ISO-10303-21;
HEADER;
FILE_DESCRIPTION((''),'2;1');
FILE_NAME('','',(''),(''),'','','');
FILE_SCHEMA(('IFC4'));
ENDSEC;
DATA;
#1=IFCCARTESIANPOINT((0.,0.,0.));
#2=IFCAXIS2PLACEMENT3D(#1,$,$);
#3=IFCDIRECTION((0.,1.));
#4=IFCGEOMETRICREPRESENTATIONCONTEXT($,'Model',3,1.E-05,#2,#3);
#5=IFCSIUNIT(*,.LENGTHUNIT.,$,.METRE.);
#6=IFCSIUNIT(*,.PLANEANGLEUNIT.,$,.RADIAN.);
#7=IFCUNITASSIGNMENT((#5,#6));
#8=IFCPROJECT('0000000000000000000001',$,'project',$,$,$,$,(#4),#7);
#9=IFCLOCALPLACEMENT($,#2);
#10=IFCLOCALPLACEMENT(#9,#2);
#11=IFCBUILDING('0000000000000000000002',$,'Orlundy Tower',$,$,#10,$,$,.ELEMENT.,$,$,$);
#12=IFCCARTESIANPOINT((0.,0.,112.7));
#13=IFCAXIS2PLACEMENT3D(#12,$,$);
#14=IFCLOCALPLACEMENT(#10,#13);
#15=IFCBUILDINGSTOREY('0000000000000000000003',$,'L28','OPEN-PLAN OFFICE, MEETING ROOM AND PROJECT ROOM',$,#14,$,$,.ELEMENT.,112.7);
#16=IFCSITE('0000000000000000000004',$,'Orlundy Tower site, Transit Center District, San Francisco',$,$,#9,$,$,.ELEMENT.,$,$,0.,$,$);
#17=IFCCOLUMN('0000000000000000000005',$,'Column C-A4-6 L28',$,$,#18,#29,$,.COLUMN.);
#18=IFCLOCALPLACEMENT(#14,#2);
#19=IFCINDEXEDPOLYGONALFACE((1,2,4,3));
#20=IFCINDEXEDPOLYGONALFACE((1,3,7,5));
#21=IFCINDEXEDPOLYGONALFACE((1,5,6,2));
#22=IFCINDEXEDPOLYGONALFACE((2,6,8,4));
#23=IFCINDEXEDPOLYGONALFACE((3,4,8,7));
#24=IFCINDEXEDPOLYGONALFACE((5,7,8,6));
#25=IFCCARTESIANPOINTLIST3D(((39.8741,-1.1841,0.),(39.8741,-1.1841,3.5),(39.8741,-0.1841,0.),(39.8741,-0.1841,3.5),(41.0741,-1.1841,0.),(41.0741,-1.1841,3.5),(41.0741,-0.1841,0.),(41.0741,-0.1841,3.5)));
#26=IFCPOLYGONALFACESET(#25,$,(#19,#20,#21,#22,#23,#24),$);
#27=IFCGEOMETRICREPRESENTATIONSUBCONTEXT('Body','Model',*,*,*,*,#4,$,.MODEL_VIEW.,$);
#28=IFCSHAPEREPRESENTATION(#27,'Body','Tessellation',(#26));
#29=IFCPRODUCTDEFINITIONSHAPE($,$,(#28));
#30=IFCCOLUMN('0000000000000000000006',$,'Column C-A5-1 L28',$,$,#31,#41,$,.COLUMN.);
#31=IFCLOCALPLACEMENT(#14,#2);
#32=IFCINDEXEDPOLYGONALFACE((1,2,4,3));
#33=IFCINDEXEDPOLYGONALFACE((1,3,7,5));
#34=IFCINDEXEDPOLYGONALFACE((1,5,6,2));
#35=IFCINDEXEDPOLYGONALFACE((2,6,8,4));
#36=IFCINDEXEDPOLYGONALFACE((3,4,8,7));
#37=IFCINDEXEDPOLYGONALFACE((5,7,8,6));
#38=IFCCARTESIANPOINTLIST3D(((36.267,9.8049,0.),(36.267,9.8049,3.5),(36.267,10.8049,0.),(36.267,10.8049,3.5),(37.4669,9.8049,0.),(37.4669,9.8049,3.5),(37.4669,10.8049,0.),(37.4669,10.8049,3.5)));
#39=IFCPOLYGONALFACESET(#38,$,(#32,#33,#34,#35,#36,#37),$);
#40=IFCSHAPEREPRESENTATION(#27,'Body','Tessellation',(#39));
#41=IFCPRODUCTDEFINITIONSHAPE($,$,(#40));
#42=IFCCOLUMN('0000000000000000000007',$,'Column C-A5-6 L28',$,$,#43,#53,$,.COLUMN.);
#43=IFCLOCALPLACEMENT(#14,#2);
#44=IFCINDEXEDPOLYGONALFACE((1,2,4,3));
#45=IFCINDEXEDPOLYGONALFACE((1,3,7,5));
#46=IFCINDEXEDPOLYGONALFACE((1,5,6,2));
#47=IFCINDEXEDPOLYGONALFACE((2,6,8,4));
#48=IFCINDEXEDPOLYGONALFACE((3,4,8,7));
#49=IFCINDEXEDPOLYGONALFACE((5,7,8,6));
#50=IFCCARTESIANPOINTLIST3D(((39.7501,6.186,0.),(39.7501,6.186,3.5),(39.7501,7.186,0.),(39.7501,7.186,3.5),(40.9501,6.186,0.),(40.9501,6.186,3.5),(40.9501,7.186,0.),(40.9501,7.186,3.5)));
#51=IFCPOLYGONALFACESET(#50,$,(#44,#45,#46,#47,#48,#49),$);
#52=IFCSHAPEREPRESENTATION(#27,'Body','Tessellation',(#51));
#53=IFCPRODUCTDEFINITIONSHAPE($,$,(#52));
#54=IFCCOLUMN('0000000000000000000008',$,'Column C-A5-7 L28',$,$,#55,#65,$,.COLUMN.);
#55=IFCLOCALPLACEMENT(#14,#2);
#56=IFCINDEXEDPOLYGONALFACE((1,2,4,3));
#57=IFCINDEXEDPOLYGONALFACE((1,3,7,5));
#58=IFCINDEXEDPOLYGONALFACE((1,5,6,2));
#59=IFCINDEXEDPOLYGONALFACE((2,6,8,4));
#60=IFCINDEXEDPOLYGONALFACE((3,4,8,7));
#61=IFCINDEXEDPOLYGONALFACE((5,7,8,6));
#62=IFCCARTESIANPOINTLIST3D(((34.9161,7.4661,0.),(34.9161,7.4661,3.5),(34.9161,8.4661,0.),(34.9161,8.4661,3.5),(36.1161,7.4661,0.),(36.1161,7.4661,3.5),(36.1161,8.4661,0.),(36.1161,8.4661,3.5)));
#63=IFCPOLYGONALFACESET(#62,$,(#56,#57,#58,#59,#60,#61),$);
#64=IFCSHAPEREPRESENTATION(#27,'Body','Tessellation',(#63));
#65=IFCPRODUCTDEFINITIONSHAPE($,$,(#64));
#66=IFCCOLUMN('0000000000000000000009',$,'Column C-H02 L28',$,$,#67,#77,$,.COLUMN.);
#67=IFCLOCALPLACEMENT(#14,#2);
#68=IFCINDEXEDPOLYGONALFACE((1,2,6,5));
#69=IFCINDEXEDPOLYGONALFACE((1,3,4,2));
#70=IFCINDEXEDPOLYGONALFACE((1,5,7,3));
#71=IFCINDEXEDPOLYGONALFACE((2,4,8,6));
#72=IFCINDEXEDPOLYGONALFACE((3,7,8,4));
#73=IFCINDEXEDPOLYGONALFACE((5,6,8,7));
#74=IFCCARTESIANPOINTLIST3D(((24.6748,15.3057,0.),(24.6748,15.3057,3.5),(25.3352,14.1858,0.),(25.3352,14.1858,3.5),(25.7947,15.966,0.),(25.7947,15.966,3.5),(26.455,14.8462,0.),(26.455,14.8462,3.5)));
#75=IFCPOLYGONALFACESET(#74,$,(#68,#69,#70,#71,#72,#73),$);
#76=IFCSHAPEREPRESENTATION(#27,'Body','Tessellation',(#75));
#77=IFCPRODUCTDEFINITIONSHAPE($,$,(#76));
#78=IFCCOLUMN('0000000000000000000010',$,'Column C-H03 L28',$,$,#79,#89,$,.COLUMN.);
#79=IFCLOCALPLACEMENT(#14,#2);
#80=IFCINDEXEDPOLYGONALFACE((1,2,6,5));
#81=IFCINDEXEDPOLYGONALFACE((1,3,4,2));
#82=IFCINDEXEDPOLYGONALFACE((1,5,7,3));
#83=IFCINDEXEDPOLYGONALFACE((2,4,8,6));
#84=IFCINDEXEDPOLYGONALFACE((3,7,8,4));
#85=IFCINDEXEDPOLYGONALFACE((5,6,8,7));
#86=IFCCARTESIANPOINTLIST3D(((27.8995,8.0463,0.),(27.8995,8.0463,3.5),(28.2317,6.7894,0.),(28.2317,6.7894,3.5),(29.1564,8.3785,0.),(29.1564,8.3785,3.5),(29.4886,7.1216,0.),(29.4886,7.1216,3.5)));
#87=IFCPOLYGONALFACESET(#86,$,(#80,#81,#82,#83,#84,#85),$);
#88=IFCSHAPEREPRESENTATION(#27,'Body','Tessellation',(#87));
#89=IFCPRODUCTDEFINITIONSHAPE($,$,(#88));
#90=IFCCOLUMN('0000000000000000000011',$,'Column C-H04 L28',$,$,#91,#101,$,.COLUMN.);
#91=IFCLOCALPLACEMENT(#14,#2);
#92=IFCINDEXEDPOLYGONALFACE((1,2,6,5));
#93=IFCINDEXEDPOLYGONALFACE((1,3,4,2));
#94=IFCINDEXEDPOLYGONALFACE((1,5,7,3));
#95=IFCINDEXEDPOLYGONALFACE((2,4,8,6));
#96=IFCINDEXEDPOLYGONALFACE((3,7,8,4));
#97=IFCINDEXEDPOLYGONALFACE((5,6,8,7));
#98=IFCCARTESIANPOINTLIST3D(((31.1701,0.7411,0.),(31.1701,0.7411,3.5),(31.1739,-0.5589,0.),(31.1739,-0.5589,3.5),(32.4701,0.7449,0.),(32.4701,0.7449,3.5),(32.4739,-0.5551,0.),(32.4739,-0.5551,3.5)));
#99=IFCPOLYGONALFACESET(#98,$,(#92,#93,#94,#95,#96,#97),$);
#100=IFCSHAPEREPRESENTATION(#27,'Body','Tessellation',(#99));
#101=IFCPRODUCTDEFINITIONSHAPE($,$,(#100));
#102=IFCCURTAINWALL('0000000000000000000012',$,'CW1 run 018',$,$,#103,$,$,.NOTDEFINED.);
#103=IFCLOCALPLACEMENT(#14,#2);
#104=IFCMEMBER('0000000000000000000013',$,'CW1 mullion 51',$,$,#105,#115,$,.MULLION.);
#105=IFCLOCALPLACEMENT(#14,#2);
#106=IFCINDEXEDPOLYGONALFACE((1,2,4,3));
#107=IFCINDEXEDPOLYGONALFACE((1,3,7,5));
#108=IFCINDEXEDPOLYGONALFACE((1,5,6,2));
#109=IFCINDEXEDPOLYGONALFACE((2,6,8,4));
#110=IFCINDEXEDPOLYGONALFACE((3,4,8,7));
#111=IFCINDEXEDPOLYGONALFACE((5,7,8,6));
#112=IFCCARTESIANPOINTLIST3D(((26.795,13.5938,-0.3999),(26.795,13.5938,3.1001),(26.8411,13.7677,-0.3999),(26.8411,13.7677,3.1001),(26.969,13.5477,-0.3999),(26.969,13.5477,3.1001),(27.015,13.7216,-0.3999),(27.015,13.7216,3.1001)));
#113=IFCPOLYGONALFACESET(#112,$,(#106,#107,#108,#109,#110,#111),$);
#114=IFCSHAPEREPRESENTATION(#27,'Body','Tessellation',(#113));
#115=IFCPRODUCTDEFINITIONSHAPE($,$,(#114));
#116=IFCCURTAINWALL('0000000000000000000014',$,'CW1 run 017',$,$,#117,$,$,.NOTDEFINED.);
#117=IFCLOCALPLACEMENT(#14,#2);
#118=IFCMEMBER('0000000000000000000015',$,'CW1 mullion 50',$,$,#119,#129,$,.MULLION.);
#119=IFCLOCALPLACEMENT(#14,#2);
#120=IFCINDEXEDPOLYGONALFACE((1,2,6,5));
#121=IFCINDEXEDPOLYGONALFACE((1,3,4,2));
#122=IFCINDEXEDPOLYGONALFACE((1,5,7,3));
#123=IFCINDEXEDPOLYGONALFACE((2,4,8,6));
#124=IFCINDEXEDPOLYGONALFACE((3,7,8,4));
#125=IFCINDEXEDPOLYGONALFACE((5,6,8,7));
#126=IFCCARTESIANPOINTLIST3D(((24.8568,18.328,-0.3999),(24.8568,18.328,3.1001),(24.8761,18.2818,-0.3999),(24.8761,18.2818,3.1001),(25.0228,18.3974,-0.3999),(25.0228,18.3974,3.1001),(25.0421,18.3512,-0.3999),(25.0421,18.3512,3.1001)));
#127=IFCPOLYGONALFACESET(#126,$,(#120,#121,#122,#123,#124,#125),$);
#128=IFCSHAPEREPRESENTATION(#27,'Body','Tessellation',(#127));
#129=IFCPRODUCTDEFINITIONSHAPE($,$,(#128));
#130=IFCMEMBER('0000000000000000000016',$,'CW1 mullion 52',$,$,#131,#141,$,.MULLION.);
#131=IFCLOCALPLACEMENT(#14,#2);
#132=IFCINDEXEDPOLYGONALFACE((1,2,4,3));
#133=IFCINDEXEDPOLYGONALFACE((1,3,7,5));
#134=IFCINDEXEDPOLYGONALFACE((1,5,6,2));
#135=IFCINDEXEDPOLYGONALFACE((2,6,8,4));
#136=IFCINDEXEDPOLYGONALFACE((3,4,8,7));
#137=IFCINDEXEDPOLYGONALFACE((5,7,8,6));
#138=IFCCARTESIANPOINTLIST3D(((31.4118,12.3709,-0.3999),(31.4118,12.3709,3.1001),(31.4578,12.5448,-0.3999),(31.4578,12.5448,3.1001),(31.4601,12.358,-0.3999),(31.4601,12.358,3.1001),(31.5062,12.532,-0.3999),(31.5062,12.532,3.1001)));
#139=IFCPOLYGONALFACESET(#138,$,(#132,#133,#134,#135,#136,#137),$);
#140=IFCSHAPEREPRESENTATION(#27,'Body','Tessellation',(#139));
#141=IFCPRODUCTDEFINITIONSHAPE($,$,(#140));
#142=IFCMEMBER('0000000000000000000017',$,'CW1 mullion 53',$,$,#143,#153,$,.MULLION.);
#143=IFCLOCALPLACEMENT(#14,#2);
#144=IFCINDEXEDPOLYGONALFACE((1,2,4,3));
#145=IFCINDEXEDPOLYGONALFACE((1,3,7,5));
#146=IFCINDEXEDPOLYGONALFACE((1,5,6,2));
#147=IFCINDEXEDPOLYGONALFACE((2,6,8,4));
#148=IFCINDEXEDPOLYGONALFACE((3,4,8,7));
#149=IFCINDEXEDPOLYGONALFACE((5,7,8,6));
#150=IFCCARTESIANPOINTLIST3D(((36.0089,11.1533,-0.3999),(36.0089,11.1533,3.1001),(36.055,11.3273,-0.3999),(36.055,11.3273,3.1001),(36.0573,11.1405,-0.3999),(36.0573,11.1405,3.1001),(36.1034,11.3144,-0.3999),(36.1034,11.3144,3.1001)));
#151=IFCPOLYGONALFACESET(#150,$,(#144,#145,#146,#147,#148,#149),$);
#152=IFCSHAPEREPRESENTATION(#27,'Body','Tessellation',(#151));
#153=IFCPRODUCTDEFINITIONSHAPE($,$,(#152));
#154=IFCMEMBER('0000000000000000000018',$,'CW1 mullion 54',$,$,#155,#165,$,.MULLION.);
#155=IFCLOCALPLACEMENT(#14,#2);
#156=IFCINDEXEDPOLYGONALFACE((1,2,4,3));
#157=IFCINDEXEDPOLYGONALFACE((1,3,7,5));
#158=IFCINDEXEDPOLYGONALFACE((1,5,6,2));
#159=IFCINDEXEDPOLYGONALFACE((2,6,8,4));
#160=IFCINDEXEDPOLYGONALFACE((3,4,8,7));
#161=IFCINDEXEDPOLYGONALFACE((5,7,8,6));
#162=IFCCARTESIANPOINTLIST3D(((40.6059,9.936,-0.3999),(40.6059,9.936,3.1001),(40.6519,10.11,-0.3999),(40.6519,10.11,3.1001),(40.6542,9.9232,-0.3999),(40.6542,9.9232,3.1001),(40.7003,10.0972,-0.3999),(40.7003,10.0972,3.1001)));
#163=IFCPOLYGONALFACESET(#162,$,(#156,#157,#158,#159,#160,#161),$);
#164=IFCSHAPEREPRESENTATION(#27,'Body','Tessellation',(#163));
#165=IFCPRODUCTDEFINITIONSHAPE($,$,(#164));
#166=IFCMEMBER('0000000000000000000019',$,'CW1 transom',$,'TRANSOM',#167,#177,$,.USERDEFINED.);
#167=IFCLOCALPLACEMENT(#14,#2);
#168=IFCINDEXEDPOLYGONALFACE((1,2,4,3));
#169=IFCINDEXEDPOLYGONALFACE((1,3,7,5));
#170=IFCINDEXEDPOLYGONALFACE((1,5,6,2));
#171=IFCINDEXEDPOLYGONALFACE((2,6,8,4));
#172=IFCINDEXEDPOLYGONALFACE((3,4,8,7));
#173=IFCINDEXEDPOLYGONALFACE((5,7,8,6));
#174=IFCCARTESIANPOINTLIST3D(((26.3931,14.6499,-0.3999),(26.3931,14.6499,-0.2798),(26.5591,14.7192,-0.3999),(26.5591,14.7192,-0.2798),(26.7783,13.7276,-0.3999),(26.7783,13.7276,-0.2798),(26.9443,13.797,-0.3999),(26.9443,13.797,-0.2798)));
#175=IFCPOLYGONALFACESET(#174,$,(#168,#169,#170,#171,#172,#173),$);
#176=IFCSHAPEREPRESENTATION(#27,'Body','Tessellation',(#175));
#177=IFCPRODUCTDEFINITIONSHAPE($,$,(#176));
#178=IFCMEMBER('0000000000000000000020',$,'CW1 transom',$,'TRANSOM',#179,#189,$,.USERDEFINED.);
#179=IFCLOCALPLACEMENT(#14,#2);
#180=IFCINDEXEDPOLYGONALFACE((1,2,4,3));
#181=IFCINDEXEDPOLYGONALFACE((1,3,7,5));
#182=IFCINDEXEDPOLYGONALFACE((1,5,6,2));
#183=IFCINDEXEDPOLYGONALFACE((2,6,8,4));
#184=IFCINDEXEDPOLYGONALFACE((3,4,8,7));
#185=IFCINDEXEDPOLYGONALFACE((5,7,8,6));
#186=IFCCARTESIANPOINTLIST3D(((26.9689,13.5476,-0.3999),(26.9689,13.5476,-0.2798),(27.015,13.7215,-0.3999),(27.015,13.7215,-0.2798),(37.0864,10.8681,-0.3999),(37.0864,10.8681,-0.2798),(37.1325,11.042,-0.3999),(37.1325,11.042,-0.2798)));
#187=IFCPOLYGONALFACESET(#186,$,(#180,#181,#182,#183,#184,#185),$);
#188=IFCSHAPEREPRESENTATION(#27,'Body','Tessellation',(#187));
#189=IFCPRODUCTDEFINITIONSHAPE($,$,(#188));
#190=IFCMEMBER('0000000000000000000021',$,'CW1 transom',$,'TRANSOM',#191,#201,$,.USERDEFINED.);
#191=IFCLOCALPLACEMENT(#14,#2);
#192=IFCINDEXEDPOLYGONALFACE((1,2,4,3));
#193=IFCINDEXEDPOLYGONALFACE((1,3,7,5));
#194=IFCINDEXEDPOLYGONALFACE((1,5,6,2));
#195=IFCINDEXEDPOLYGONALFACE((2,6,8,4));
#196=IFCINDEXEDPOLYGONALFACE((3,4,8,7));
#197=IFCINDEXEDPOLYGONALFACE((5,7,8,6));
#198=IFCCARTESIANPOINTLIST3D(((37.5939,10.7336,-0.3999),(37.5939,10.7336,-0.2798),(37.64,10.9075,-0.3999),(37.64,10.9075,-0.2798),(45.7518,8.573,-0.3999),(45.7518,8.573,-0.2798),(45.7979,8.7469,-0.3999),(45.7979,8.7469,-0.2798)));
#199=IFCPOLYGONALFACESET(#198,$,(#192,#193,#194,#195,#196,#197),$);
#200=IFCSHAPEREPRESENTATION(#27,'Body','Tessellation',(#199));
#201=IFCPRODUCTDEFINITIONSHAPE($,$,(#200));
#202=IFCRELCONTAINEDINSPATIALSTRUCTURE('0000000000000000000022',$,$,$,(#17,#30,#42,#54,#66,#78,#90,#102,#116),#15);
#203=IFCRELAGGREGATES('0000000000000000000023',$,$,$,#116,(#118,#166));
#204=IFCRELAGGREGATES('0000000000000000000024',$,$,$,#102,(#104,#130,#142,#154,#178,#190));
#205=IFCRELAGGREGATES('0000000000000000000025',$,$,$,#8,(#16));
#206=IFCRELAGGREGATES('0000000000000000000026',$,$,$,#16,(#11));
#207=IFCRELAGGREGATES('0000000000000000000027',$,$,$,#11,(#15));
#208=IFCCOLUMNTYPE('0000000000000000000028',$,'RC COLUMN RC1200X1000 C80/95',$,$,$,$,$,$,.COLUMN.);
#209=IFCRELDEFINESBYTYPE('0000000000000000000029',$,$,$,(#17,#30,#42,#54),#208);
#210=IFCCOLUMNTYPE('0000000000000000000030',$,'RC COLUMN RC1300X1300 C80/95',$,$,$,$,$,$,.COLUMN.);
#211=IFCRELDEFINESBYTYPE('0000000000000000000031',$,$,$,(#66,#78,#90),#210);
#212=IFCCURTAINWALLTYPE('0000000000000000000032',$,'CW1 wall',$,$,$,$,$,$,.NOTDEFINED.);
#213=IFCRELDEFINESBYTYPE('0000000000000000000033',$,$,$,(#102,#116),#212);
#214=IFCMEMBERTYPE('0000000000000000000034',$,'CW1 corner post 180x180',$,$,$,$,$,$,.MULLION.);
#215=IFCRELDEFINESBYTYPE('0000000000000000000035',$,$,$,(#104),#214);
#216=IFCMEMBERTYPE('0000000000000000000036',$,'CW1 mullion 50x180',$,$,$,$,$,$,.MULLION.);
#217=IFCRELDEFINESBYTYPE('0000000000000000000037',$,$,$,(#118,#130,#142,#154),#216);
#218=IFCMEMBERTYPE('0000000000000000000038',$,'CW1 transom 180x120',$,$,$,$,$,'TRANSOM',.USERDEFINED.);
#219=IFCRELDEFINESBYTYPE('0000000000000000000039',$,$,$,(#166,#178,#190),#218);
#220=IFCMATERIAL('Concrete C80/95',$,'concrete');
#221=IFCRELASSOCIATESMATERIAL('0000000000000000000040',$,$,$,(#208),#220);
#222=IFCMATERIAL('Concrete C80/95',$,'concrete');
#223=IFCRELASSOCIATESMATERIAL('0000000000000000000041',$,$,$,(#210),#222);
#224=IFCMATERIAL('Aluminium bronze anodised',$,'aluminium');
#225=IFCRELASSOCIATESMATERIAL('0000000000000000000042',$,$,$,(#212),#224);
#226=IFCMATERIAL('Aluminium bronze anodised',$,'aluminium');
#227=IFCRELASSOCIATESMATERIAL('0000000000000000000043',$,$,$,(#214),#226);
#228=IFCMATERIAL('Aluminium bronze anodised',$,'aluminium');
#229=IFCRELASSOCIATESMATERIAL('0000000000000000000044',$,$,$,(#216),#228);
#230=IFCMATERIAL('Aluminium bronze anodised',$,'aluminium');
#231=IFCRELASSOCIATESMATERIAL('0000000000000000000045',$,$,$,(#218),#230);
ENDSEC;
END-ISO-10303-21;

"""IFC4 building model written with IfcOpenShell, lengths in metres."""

from ifc_helpers import new_model, si_unit, direction, frame, origin, origin_2d, place, context, subcontext, project, spatial, rectangle, extrude, material, material_profile, profile_set, type_object, element, aggregate, save


model = new_model("IFC4")

# Units and contexts
model_context = context("Model", 3, precision=1e-05, world=origin(), true_north=direction((0.0, 1.0)))
body_context = subcontext(model_context, "Body", "Model", "MODEL_VIEW")
ifc_project = project(units=[si_unit("LENGTHUNIT", "METRE"), si_unit("PLANEANGLEUNIT", "RADIAN")], contexts=[model_context])

# Site, building, storey
site_placement = place(None, origin())
site = spatial("IfcSite", under=ifc_project, at=site_placement, Name="Orlundy Tower site, Transit Center District, San Francisco", CompositionType="ELEMENT", RefElevation=0.0)
building_placement = place(site_placement, origin())
building = spatial("IfcBuilding", under=site, at=building_placement, Name="Orlundy Tower", CompositionType="ELEMENT")
storey_placement = place(building_placement, frame((0.0, 0.0, 112.7)))
storey = spatial("IfcBuildingStorey", under=building, at=storey_placement, Name="L28", Description="OPEN-PLAN OFFICE, MEETING ROOM AND PROJECT ROOM", CompositionType="ELEMENT", Elevation=112.7)

# Columns
ifc_material_1 = material(Name="Concrete C80/95", Category="concrete")
ifc_material_profile_1 = material_profile(ifc_material_1, rectangle(XDim=1.2, YDim=1.0, at=origin_2d()), Name="RC1200X1000")
ifc_profile_set_1 = profile_set([ifc_material_profile_1], Name="Concrete C80/95")
column_type_1 = type_object("IfcColumnType", Name="RC COLUMN RC1200X1000 C80/95", PredefinedType="COLUMN", material=ifc_profile_set_1)
for number, where, z_axis, x_axis, name in (
    (1, (40.4741, -0.6841, 0.0), (0.0, 0.0, 1.0), (1.0, 0.0, 0.0), "Column C-A4-6 L28"),
    (2, (36.8669, 10.3049, 0.0), (0.0, 0.0, 1.0), (1.0, 0.0, 0.0), "Column C-A5-1 L28"),
    (3, (40.3501, 6.686, 0.0), (0.0, 0.0, 1.0), (1.0, 0.0, 0.0), "Column C-A5-6 L28"),
    (4, (35.5161, 7.9661, 0.0), (0.0, 0.0, 1.0), (1.0, 0.0, 0.0), "Column C-A5-7 L28"),
):
    element("IfcColumn", number, at=place(storey_placement, frame(where, z_axis=z_axis, x_axis=x_axis)), inside=storey, type_object=column_type_1, Name=name, PredefinedType="COLUMN", context=body_context, shape_type="SweptSolid", body=[
        extrude(rectangle(XDim=1.2, YDim=1.0, at=origin_2d()), origin(), (0.0, 0.0, 1.0), 3.5),
    ])
ifc_material_2 = material(Name="Concrete C80/95", Category="concrete")
ifc_material_profile_2 = material_profile(ifc_material_2, rectangle(XDim=1.3, YDim=1.3, at=origin_2d()), Name="RC1300X1300")
ifc_profile_set_2 = profile_set([ifc_material_profile_2], Name="Concrete C80/95")
column_type_2 = type_object("IfcColumnType", Name="RC COLUMN RC1300X1300 C80/95", PredefinedType="COLUMN", material=ifc_profile_set_2)
for number, where, z_axis, x_axis, name in (
    (5, (25.5649, 15.0759, 0.0), (0.0, 0.0, 1.0), (0.861381, 0.507959, 0.0), "Column C-H02 L28"),
    (6, (28.6941, 7.584, 0.0), (0.0, 0.0, 1.0), (0.966801, 0.25553, 0.0), "Column C-H03 L28"),
    (7, (31.822, 0.093, 0.0), (0.0, 0.0, 1.0), (0.999996, 0.002915, 0.0), "Column C-H04 L28"),
):
    element("IfcColumn", number, at=place(storey_placement, frame(where, z_axis=z_axis, x_axis=x_axis)), inside=storey, type_object=column_type_2, Name=name, PredefinedType="COLUMN", context=body_context, shape_type="SweptSolid", body=[
        extrude(rectangle(XDim=1.3, YDim=1.3, at=origin_2d()), origin(), (0.0, 0.0, 1.0), 3.5),
    ])

# Curtain walls, members
ifc_material_3 = material(Name="Aluminium bronze anodised", Category="aluminium")
curtain_wall_type = type_object("IfcCurtainWallType", Name="CW1 wall", PredefinedType="NOTDEFINED", material=ifc_material_3)
curtain_wall_1_placement = place(storey_placement, origin())
curtain_wall_1 = element("IfcCurtainWall", 8, at=curtain_wall_1_placement, inside=storey, type_object=curtain_wall_type, Name="CW1 run 018", PredefinedType="NOTDEFINED")
ifc_material_4 = material(Name="Aluminium bronze anodised", Category="aluminium")
ifc_material_profile_3 = material_profile(ifc_material_4, rectangle(XDim=0.1799, YDim=0.1799, at=origin_2d()), Name="CW1 corner post 180x180")
ifc_profile_set_3 = profile_set([ifc_material_profile_3], Name="Aluminium bronze anodised")
member_type_1 = type_object("IfcMemberType", Name="CW1 corner post 180x180", PredefinedType="MULLION", material=ifc_profile_set_3)
member_1_placement = place(storey_placement, frame((26.905, 13.6577, -0.3999), z_axis=(0.0, 0.0, 1.0), x_axis=(0.25602, 0.966672, 0.0)))
member_1 = element("IfcMember", 9, at=member_1_placement, type_object=member_type_1, Name="CW1 mullion 51", PredefinedType="MULLION", context=body_context, shape_type="SweptSolid", body=[
    extrude(rectangle(XDim=0.1799, YDim=0.1799, at=origin_2d()), origin(), (0.0, 0.0, 1.0), 3.5),
])
curtain_wall_2_placement = place(storey_placement, origin())
curtain_wall_2 = element("IfcCurtainWall", 10, at=curtain_wall_2_placement, inside=storey, type_object=curtain_wall_type, Name="CW1 run 017", PredefinedType="NOTDEFINED")
ifc_material_5 = material(Name="Aluminium bronze anodised", Category="aluminium")
ifc_material_profile_4 = material_profile(ifc_material_5, rectangle(XDim=0.1799, YDim=0.05, at=origin_2d()), Name="CW1 mullion 50x180")
ifc_profile_set_4 = profile_set([ifc_material_profile_4], Name="Aluminium bronze anodised")
member_type_2 = type_object("IfcMemberType", Name="CW1 mullion 50x180", PredefinedType="MULLION", material=ifc_profile_set_4)
member_2_placement = place(storey_placement, frame((24.9495, 18.3396, -0.3999), z_axis=(0.0, 0.0, 1.0), x_axis=(0.922759, 0.385378, 0.0)))
member_2 = element("IfcMember", 11, at=member_2_placement, type_object=member_type_2, Name="CW1 mullion 50", PredefinedType="MULLION", context=body_context, shape_type="SweptSolid", body=[
    extrude(rectangle(XDim=0.1799, YDim=0.05, at=origin_2d()), origin(), (0.0, 0.0, 1.0), 3.5),
])

# Members
member_3_placement = place(storey_placement, frame((31.459, 12.4514, -0.3999), z_axis=(0.0, 0.0, 1.0), x_axis=(0.25602, 0.966672, 0.0)))
member_3 = element("IfcMember", 12, at=member_3_placement, type_object=member_type_2, Name="CW1 mullion 52", PredefinedType="MULLION", context=body_context, shape_type="SweptSolid", body=[
    extrude(rectangle(XDim=0.1799, YDim=0.05, at=origin_2d()), origin(), (0.0, 0.0, 1.0), 3.5),
])
member_4_placement = place(storey_placement, frame((36.0562, 11.2339, -0.3999), z_axis=(0.0, 0.0, 1.0), x_axis=(0.25602, 0.966672, 0.0)))
member_4 = element("IfcMember", 13, at=member_4_placement, type_object=member_type_2, Name="CW1 mullion 53", PredefinedType="MULLION", context=body_context, shape_type="SweptSolid", body=[
    extrude(rectangle(XDim=0.1799, YDim=0.05, at=origin_2d()), origin(), (0.0, 0.0, 1.0), 3.5),
])
member_5_placement = place(storey_placement, frame((40.6531, 10.0166, -0.3999), z_axis=(0.0, 0.0, 1.0), x_axis=(0.25602, 0.966672, 0.0)))
member_5 = element("IfcMember", 14, at=member_5_placement, type_object=member_type_2, Name="CW1 mullion 54", PredefinedType="MULLION", context=body_context, shape_type="SweptSolid", body=[
    extrude(rectangle(XDim=0.1799, YDim=0.05, at=origin_2d()), origin(), (0.0, 0.0, 1.0), 3.5),
])
ifc_material_6 = material(Name="Aluminium bronze anodised", Category="aluminium")
ifc_material_profile_5 = material_profile(ifc_material_6, rectangle(XDim=0.1799, YDim=0.1201, at=origin_2d()), Name="CW1 transom 180x120")
ifc_profile_set_5 = profile_set([ifc_material_profile_5], Name="Aluminium bronze anodised")
member_type_3 = type_object("IfcMemberType", Name="CW1 transom 180x120", ElementType="TRANSOM", PredefinedType="USERDEFINED", material=ifc_profile_set_5)
member_6_placement = place(storey_placement, frame((26.4761, 14.6846, -0.3398), z_axis=(0.385413, -0.922744, 0.0), x_axis=(0.922744, 0.385413, 0.0)))
member_6 = element("IfcMember", 15, at=member_6_placement, type_object=member_type_3, Name="CW1 transom", ObjectType="TRANSOM", PredefinedType="USERDEFINED", context=body_context, shape_type="SweptSolid", body=[
    extrude(rectangle(XDim=0.1799, YDim=0.1201, at=origin_2d()), origin(), (0.0, 0.0, 1.0), 0.9995),
])
member_7_placement = place(storey_placement, frame((26.9919, 13.6345, -0.3398), z_axis=(0.966675, -0.256009, 0.0), x_axis=(0.256009, 0.966675, 0.0)))
member_7 = element("IfcMember", 16, at=member_7_placement, type_object=member_type_3, Name="CW1 transom", ObjectType="TRANSOM", PredefinedType="USERDEFINED", context=body_context, shape_type="SweptSolid", body=[
    extrude(rectangle(XDim=0.1799, YDim=0.1201, at=origin_2d()), origin(), (0.0, 0.0, 1.0), 10.4663),
])
member_8_placement = place(storey_placement, frame((37.6169, 10.8206, -0.3398), z_axis=(0.96667, -0.256024, 0.0), x_axis=(0.256024, 0.96667, 0.0)))
member_8 = element("IfcMember", 17, at=member_8_placement, type_object=member_type_3, Name="CW1 transom", ObjectType="TRANSOM", PredefinedType="USERDEFINED", context=body_context, shape_type="SweptSolid", body=[
    extrude(rectangle(XDim=0.1799, YDim=0.1201, at=origin_2d()), origin(), (0.0, 0.0, 1.0), 8.4392),
])

aggregate(curtain_wall_2, [member_2, member_6])
aggregate(curtain_wall_1, [member_1, member_3, member_4, member_5, member_7, member_8])

save(model, "model.ifc")
